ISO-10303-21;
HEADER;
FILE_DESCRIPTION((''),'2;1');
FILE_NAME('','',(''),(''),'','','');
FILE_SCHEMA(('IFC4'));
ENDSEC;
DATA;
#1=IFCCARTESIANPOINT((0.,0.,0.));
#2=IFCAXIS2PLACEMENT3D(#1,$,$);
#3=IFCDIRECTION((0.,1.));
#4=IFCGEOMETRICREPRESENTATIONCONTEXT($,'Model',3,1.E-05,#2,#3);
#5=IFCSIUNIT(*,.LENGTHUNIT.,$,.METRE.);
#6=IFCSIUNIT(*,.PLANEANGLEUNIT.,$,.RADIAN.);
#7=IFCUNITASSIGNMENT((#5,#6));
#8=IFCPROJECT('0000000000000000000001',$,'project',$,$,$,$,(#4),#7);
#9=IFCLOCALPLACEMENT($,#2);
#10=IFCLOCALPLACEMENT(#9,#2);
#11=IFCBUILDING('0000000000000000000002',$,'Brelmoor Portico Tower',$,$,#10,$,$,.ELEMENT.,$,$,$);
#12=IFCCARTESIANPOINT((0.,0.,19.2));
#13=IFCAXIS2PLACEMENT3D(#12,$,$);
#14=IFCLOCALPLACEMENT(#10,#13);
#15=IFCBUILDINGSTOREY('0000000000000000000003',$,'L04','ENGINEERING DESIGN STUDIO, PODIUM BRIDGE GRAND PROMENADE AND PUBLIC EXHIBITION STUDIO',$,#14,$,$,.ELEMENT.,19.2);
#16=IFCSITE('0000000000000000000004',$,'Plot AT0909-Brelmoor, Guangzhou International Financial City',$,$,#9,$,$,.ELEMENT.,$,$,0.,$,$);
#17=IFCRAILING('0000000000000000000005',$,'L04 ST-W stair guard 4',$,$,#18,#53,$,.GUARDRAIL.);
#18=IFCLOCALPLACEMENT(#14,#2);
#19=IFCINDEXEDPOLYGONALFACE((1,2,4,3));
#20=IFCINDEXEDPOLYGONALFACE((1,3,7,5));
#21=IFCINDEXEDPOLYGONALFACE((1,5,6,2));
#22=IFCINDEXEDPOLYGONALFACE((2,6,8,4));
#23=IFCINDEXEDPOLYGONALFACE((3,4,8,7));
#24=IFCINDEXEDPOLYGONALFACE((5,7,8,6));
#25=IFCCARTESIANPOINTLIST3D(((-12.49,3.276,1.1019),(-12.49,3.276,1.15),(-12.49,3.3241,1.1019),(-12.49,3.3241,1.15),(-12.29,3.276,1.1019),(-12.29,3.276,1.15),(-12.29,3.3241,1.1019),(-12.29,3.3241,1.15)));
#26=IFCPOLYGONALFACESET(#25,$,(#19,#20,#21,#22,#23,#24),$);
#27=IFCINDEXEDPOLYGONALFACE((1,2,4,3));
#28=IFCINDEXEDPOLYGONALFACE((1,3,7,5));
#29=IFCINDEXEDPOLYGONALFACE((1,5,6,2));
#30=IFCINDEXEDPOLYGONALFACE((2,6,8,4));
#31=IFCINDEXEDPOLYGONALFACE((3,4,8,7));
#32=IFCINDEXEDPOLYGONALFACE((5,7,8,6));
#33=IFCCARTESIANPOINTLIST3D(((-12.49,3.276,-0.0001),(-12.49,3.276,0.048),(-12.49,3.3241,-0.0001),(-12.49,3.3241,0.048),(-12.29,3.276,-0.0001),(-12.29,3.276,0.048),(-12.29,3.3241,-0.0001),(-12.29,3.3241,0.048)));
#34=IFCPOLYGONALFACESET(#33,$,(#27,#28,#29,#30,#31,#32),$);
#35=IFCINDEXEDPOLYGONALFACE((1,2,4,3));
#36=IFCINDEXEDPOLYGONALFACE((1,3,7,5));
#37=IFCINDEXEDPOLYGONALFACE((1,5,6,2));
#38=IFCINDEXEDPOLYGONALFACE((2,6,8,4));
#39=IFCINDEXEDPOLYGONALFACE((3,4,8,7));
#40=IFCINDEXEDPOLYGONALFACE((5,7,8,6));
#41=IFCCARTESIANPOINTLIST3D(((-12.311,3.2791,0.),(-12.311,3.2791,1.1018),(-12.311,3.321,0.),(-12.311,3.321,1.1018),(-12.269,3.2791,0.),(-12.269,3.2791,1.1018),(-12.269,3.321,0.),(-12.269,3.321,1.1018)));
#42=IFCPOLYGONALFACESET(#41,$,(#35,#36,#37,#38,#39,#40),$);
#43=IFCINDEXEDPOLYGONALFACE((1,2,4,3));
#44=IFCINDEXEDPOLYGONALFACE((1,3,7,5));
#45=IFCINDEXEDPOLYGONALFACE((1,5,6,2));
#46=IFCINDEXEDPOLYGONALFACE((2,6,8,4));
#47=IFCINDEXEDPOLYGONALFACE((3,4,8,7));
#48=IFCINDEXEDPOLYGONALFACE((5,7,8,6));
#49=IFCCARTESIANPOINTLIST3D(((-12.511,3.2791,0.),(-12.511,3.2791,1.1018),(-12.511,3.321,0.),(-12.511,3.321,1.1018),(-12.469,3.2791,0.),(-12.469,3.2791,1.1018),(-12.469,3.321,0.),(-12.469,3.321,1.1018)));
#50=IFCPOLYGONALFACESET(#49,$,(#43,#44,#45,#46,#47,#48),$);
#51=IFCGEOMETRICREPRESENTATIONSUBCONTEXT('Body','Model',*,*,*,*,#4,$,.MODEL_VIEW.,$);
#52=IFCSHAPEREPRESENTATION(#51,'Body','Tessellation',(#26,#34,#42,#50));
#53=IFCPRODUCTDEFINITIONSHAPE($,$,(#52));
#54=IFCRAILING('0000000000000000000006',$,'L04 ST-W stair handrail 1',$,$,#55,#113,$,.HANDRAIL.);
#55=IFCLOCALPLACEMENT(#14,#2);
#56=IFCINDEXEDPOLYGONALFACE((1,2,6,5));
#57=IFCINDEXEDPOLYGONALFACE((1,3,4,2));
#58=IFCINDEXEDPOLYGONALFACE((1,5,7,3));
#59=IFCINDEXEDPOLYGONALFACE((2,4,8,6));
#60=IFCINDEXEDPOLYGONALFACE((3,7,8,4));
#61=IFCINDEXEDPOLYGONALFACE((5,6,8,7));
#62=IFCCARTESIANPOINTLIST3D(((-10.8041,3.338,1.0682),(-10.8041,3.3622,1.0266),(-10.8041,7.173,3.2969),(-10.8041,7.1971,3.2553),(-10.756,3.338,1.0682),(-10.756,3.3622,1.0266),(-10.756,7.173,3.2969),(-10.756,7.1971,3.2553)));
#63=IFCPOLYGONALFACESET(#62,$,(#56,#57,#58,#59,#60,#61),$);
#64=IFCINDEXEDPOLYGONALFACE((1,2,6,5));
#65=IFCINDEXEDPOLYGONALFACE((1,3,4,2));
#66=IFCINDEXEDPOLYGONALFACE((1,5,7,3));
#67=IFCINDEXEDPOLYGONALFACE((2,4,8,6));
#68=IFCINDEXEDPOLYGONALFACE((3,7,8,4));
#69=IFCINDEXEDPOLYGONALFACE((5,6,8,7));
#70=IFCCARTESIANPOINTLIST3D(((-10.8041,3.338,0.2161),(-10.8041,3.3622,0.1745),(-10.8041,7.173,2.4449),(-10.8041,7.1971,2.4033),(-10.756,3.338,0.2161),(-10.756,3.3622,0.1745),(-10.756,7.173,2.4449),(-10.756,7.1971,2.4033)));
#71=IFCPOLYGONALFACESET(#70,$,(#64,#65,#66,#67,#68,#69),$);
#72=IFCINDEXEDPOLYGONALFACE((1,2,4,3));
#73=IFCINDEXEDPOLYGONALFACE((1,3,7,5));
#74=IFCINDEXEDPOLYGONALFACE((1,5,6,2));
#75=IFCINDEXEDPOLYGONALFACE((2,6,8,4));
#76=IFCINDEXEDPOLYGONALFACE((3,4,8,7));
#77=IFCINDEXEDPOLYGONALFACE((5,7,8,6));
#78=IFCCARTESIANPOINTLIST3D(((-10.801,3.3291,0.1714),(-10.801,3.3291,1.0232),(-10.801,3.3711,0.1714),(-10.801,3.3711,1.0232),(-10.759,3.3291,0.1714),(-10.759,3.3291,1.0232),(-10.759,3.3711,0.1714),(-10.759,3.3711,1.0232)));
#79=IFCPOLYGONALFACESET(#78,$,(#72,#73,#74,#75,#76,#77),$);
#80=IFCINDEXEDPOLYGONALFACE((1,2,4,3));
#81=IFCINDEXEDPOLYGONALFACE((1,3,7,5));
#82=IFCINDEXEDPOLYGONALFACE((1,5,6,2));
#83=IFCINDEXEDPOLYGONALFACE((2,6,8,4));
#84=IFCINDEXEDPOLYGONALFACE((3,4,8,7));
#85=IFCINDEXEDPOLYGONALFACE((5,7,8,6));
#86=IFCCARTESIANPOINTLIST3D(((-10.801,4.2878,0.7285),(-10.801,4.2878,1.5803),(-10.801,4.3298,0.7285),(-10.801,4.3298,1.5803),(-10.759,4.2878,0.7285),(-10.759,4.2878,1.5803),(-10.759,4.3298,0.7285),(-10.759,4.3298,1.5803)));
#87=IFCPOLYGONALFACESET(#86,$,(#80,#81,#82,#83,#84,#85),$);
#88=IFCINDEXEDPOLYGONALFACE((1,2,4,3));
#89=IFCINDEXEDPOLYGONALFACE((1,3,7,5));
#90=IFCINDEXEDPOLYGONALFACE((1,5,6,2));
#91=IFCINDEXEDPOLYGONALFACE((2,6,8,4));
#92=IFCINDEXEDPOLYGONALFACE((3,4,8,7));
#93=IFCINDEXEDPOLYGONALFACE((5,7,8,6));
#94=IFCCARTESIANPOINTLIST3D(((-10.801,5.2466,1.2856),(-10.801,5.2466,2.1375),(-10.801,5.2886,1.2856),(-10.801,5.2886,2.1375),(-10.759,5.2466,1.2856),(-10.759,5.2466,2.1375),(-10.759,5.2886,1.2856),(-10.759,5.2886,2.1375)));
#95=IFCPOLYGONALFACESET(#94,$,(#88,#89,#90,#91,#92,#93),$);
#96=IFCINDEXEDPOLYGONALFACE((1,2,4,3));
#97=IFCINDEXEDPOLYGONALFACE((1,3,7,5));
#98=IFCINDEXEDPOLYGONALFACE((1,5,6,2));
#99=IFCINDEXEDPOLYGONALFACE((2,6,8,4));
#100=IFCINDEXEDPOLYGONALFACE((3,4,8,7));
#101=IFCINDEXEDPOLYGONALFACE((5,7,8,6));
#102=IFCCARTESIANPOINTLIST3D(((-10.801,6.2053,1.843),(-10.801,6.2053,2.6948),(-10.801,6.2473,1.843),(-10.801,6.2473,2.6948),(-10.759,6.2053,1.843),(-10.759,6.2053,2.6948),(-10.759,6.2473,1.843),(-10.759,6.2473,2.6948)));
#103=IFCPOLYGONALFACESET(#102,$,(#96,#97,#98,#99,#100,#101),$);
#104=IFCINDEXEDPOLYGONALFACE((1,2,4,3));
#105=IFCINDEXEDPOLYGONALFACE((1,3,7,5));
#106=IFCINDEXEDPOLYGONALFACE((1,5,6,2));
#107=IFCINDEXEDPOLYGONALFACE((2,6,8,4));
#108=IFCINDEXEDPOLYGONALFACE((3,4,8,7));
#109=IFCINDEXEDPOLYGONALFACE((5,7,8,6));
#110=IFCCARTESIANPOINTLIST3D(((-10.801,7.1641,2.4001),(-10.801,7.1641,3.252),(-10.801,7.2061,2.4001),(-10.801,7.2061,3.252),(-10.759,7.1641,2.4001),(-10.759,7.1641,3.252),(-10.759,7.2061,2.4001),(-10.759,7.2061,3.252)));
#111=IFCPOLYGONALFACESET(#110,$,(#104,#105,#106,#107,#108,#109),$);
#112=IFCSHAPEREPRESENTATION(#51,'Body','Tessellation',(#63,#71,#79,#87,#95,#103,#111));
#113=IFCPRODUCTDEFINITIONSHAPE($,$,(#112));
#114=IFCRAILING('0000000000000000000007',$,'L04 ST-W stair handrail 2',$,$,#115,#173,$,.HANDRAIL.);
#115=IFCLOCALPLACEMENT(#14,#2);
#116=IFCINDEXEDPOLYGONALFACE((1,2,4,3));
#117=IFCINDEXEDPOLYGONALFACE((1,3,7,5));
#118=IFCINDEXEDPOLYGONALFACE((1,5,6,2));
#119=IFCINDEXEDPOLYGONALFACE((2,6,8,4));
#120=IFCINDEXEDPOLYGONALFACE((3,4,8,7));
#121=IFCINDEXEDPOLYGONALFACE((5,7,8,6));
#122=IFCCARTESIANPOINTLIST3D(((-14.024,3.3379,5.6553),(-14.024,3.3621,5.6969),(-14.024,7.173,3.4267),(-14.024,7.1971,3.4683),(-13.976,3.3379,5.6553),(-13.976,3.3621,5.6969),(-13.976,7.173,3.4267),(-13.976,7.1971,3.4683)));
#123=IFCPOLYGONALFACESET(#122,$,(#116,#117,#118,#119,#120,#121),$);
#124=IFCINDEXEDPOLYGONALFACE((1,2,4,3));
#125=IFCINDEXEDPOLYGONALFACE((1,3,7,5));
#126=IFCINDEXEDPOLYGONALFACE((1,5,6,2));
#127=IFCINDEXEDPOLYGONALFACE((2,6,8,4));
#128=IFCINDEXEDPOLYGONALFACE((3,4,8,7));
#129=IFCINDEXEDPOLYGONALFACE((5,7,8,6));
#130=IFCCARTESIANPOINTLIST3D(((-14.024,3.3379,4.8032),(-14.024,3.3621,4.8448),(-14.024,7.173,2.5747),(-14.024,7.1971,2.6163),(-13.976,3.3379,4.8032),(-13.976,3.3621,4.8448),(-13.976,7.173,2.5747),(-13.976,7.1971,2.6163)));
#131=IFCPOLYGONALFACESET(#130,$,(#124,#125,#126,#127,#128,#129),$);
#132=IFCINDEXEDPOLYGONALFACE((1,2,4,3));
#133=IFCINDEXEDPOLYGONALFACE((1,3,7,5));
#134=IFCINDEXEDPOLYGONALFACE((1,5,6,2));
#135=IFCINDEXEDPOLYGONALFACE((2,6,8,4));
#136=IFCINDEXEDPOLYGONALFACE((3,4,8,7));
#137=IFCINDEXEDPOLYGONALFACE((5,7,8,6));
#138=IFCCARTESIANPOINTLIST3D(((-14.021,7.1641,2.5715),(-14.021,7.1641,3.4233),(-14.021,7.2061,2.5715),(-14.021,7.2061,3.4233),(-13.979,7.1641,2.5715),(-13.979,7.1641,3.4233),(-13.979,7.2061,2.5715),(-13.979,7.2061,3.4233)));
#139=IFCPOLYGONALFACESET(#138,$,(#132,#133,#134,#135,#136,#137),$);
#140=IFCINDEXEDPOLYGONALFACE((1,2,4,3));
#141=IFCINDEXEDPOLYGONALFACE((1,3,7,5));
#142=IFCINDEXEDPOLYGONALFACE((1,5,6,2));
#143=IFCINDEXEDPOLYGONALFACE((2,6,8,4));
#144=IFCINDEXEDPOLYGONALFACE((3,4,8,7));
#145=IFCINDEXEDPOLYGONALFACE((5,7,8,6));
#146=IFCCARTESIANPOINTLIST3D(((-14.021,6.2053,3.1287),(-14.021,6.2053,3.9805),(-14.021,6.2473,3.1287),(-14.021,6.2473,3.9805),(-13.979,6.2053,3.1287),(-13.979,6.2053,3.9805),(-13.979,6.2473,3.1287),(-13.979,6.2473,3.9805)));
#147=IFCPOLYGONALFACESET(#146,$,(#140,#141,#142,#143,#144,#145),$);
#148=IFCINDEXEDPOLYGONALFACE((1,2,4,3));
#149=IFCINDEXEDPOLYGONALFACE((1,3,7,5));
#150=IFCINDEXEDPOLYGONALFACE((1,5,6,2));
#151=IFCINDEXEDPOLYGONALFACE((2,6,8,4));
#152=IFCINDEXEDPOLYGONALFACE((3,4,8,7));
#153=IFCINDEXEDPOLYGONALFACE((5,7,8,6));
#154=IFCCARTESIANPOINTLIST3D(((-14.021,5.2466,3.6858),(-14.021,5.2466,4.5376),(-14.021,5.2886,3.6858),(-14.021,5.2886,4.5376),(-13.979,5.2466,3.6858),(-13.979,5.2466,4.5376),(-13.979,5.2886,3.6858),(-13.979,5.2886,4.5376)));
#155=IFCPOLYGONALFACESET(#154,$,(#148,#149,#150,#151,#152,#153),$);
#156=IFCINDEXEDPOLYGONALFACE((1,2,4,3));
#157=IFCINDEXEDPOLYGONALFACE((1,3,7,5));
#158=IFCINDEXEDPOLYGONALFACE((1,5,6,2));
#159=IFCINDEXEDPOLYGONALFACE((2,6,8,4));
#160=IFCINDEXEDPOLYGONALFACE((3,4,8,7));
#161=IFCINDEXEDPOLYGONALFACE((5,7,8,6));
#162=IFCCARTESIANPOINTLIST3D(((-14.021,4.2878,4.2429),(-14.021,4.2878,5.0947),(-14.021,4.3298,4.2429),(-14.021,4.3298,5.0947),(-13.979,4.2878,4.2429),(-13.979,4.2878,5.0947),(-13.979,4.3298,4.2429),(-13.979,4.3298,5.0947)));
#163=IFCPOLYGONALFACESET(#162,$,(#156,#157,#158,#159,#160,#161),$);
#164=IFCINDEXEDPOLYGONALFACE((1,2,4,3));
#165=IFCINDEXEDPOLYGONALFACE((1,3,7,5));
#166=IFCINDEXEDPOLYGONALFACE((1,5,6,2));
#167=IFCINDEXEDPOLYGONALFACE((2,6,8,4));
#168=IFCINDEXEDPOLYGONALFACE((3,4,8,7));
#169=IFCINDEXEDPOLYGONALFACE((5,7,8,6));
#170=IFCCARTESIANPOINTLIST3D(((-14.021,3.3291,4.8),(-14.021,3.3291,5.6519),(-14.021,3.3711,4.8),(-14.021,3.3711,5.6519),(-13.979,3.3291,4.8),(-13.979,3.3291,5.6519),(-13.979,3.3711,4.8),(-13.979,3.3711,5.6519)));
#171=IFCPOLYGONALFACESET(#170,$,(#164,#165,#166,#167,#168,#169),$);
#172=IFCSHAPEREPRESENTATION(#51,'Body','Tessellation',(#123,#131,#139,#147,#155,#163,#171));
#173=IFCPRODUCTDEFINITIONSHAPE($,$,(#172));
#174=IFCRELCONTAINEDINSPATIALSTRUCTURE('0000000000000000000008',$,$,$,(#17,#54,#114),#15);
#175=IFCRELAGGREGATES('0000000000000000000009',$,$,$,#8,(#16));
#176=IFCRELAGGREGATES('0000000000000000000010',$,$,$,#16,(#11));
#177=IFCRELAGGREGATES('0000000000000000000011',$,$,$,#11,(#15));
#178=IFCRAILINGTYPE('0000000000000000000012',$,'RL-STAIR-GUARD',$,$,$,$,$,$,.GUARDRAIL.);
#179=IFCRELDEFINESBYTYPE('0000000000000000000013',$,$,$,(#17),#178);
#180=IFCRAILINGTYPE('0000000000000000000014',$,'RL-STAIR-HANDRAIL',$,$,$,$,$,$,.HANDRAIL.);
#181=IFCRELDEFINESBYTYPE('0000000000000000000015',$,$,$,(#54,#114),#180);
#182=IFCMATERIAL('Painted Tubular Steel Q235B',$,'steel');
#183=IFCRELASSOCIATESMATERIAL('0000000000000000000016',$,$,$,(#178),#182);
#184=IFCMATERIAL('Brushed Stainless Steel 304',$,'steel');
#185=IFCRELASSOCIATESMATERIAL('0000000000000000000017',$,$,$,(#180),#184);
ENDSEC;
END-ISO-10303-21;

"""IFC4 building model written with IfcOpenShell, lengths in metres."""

from ifc_helpers import new_model, si_unit, direction, frame, origin, origin_2d, place, context, subcontext, project, spatial, rectangle, extrude, material, type_object, element, save


model = new_model("IFC4")

# Units and contexts
model_context = context("Model", 3, precision=1e-05, world=origin(), true_north=direction((0.0, 1.0)))
body_context = subcontext(model_context, "Body", "Model", "MODEL_VIEW")
ifc_project = project(units=[si_unit("LENGTHUNIT", "METRE"), si_unit("PLANEANGLEUNIT", "RADIAN")], contexts=[model_context])

# Site, building, storey
site_placement = place(None, origin())
site = spatial("IfcSite", under=ifc_project, at=site_placement, Name="Plot AT0909-Brelmoor, Guangzhou International Financial City", CompositionType="ELEMENT", RefElevation=0.0)
building_placement = place(site_placement, origin())
building = spatial("IfcBuilding", under=site, at=building_placement, Name="Brelmoor Portico Tower", CompositionType="ELEMENT")
storey_placement = place(building_placement, frame((0.0, 0.0, 19.2)))
storey = spatial("IfcBuildingStorey", under=building, at=storey_placement, Name="L04", Description="ENGINEERING DESIGN STUDIO, PODIUM BRIDGE GRAND PROMENADE AND PUBLIC EXHIBITION STUDIO", CompositionType="ELEMENT", Elevation=19.2)

# Railings
ifc_material_1 = material(Name="Painted Tubular Steel Q235B", Category="steel")
railing_type_1 = type_object("IfcRailingType", Name="RL-STAIR-GUARD", PredefinedType="GUARDRAIL", material=ifc_material_1)
railing_1_placement = place(storey_placement, frame((-12.29, 3.3, 0.0)))
element("IfcRailing", 1, at=railing_1_placement, inside=storey, type_object=railing_type_1, Name="L04 ST-W stair guard 4", PredefinedType="GUARDRAIL", context=body_context, shape_type="SweptSolid", body=[
    extrude(rectangle(XDim=0.0481, YDim=0.0481, at=origin_2d()), frame((0.0, 0.0, 1.126), z_axis=(-1.0, 0.0, 0.0), x_axis=(0.0, -1.0, 0.0)), (0.0, 0.0, 1.0), 0.2),
    extrude(rectangle(XDim=0.0481, YDim=0.0481, at=origin_2d()), frame((0.0, 0.0, 0.0239), z_axis=(-1.0, 0.0, 0.0), x_axis=(0.0, -1.0, 0.0)), (0.0, 0.0, 1.0), 0.2),
    extrude(rectangle(XDim=0.042, YDim=0.042, at=origin_2d()), origin(), (0.0, 0.0, 1.0), 1.1018),
    extrude(rectangle(XDim=0.042, YDim=0.042, at=origin_2d()), frame((-0.2, 0.0, 0.0)), (0.0, 0.0, 1.0), 1.1018),
])
ifc_material_2 = material(Name="Brushed Stainless Steel 304", Category="steel")
railing_type_2 = type_object("IfcRailingType", Name="RL-STAIR-HANDRAIL", PredefinedType="HANDRAIL", material=ifc_material_2)
railing_2_placement = place(storey_placement, frame((-10.78, 3.3501, 0.1714)))
element("IfcRailing", 2, at=railing_2_placement, inside=storey, type_object=railing_type_2, Name="L04 ST-W stair handrail 1", PredefinedType="HANDRAIL", context=body_context, shape_type="SweptSolid", body=[
    extrude(rectangle(XDim=0.0481, YDim=0.0481, at=origin_2d()), frame((0.0, 0.0, 0.876), z_axis=(0.0, 0.864592, 0.502474), x_axis=(-1.0, 0.0, 0.0)), (0.0, 0.0, 1.0), 4.4355),
    extrude(rectangle(XDim=0.0481, YDim=0.0481, at=origin_2d()), frame((0.0, 0.0, 0.0239), z_axis=(0.0, 0.864592, 0.502474), x_axis=(-1.0, 0.0, 0.0)), (0.0, 0.0, 1.0), 4.4355),
    extrude(rectangle(XDim=0.042, YDim=0.042, at=origin_2d()), origin(), (0.0, 0.0, 1.0), 0.8518),
    extrude(rectangle(XDim=0.042, YDim=0.042, at=origin_2d()), frame((0.0, 0.9587, 0.5571)), (0.0, 0.0, 1.0), 0.8518),
    extrude(rectangle(XDim=0.042, YDim=0.042, at=origin_2d()), frame((0.0, 1.9175, 1.1143)), (0.0, 0.0, 1.0), 0.8518),
    extrude(rectangle(XDim=0.042, YDim=0.042, at=origin_2d()), frame((0.0, 2.8762, 1.6716)), (0.0, 0.0, 1.0), 0.8518),
    extrude(rectangle(XDim=0.042, YDim=0.042, at=origin_2d()), frame((0.0, 3.835, 2.2288)), (0.0, 0.0, 1.0), 0.8518),
])
railing_3_placement = place(storey_placement, frame((-14.0, 7.1851, 2.5715)))
element("IfcRailing", 3, at=railing_3_placement, inside=storey, type_object=railing_type_2, Name="L04 ST-W stair handrail 2", PredefinedType="HANDRAIL", context=body_context, shape_type="SweptSolid", body=[
    extrude(rectangle(XDim=0.0481, YDim=0.0481, at=origin_2d()), frame((0.0, 0.0, 0.876), z_axis=(0.0, -0.864616, 0.502433), x_axis=(1.0, 0.0, 0.0)), (0.0, 0.0, 1.0), 4.4355),
    extrude(rectangle(XDim=0.0481, YDim=0.0481, at=origin_2d()), frame((0.0, 0.0, 0.0239), z_axis=(0.0, -0.864616, 0.502433), x_axis=(1.0, 0.0, 0.0)), (0.0, 0.0, 1.0), 4.4355),
    extrude(rectangle(XDim=0.042, YDim=0.042, at=origin_2d()), origin(), (0.0, 0.0, 1.0), 0.8518),
    extrude(rectangle(XDim=0.042, YDim=0.042, at=origin_2d()), frame((0.0, -0.9587, 0.5571)), (0.0, 0.0, 1.0), 0.8518),
    extrude(rectangle(XDim=0.042, YDim=0.042, at=origin_2d()), frame((0.0, -1.9175, 1.1143)), (0.0, 0.0, 1.0), 0.8518),
    extrude(rectangle(XDim=0.042, YDim=0.042, at=origin_2d()), frame((0.0, -2.8762, 1.6714)), (0.0, 0.0, 1.0), 0.8518),
    extrude(rectangle(XDim=0.042, YDim=0.042, at=origin_2d()), frame((0.0, -3.835, 2.2285)), (0.0, 0.0, 1.0), 0.8518),
])

save(model, "model.ifc")
